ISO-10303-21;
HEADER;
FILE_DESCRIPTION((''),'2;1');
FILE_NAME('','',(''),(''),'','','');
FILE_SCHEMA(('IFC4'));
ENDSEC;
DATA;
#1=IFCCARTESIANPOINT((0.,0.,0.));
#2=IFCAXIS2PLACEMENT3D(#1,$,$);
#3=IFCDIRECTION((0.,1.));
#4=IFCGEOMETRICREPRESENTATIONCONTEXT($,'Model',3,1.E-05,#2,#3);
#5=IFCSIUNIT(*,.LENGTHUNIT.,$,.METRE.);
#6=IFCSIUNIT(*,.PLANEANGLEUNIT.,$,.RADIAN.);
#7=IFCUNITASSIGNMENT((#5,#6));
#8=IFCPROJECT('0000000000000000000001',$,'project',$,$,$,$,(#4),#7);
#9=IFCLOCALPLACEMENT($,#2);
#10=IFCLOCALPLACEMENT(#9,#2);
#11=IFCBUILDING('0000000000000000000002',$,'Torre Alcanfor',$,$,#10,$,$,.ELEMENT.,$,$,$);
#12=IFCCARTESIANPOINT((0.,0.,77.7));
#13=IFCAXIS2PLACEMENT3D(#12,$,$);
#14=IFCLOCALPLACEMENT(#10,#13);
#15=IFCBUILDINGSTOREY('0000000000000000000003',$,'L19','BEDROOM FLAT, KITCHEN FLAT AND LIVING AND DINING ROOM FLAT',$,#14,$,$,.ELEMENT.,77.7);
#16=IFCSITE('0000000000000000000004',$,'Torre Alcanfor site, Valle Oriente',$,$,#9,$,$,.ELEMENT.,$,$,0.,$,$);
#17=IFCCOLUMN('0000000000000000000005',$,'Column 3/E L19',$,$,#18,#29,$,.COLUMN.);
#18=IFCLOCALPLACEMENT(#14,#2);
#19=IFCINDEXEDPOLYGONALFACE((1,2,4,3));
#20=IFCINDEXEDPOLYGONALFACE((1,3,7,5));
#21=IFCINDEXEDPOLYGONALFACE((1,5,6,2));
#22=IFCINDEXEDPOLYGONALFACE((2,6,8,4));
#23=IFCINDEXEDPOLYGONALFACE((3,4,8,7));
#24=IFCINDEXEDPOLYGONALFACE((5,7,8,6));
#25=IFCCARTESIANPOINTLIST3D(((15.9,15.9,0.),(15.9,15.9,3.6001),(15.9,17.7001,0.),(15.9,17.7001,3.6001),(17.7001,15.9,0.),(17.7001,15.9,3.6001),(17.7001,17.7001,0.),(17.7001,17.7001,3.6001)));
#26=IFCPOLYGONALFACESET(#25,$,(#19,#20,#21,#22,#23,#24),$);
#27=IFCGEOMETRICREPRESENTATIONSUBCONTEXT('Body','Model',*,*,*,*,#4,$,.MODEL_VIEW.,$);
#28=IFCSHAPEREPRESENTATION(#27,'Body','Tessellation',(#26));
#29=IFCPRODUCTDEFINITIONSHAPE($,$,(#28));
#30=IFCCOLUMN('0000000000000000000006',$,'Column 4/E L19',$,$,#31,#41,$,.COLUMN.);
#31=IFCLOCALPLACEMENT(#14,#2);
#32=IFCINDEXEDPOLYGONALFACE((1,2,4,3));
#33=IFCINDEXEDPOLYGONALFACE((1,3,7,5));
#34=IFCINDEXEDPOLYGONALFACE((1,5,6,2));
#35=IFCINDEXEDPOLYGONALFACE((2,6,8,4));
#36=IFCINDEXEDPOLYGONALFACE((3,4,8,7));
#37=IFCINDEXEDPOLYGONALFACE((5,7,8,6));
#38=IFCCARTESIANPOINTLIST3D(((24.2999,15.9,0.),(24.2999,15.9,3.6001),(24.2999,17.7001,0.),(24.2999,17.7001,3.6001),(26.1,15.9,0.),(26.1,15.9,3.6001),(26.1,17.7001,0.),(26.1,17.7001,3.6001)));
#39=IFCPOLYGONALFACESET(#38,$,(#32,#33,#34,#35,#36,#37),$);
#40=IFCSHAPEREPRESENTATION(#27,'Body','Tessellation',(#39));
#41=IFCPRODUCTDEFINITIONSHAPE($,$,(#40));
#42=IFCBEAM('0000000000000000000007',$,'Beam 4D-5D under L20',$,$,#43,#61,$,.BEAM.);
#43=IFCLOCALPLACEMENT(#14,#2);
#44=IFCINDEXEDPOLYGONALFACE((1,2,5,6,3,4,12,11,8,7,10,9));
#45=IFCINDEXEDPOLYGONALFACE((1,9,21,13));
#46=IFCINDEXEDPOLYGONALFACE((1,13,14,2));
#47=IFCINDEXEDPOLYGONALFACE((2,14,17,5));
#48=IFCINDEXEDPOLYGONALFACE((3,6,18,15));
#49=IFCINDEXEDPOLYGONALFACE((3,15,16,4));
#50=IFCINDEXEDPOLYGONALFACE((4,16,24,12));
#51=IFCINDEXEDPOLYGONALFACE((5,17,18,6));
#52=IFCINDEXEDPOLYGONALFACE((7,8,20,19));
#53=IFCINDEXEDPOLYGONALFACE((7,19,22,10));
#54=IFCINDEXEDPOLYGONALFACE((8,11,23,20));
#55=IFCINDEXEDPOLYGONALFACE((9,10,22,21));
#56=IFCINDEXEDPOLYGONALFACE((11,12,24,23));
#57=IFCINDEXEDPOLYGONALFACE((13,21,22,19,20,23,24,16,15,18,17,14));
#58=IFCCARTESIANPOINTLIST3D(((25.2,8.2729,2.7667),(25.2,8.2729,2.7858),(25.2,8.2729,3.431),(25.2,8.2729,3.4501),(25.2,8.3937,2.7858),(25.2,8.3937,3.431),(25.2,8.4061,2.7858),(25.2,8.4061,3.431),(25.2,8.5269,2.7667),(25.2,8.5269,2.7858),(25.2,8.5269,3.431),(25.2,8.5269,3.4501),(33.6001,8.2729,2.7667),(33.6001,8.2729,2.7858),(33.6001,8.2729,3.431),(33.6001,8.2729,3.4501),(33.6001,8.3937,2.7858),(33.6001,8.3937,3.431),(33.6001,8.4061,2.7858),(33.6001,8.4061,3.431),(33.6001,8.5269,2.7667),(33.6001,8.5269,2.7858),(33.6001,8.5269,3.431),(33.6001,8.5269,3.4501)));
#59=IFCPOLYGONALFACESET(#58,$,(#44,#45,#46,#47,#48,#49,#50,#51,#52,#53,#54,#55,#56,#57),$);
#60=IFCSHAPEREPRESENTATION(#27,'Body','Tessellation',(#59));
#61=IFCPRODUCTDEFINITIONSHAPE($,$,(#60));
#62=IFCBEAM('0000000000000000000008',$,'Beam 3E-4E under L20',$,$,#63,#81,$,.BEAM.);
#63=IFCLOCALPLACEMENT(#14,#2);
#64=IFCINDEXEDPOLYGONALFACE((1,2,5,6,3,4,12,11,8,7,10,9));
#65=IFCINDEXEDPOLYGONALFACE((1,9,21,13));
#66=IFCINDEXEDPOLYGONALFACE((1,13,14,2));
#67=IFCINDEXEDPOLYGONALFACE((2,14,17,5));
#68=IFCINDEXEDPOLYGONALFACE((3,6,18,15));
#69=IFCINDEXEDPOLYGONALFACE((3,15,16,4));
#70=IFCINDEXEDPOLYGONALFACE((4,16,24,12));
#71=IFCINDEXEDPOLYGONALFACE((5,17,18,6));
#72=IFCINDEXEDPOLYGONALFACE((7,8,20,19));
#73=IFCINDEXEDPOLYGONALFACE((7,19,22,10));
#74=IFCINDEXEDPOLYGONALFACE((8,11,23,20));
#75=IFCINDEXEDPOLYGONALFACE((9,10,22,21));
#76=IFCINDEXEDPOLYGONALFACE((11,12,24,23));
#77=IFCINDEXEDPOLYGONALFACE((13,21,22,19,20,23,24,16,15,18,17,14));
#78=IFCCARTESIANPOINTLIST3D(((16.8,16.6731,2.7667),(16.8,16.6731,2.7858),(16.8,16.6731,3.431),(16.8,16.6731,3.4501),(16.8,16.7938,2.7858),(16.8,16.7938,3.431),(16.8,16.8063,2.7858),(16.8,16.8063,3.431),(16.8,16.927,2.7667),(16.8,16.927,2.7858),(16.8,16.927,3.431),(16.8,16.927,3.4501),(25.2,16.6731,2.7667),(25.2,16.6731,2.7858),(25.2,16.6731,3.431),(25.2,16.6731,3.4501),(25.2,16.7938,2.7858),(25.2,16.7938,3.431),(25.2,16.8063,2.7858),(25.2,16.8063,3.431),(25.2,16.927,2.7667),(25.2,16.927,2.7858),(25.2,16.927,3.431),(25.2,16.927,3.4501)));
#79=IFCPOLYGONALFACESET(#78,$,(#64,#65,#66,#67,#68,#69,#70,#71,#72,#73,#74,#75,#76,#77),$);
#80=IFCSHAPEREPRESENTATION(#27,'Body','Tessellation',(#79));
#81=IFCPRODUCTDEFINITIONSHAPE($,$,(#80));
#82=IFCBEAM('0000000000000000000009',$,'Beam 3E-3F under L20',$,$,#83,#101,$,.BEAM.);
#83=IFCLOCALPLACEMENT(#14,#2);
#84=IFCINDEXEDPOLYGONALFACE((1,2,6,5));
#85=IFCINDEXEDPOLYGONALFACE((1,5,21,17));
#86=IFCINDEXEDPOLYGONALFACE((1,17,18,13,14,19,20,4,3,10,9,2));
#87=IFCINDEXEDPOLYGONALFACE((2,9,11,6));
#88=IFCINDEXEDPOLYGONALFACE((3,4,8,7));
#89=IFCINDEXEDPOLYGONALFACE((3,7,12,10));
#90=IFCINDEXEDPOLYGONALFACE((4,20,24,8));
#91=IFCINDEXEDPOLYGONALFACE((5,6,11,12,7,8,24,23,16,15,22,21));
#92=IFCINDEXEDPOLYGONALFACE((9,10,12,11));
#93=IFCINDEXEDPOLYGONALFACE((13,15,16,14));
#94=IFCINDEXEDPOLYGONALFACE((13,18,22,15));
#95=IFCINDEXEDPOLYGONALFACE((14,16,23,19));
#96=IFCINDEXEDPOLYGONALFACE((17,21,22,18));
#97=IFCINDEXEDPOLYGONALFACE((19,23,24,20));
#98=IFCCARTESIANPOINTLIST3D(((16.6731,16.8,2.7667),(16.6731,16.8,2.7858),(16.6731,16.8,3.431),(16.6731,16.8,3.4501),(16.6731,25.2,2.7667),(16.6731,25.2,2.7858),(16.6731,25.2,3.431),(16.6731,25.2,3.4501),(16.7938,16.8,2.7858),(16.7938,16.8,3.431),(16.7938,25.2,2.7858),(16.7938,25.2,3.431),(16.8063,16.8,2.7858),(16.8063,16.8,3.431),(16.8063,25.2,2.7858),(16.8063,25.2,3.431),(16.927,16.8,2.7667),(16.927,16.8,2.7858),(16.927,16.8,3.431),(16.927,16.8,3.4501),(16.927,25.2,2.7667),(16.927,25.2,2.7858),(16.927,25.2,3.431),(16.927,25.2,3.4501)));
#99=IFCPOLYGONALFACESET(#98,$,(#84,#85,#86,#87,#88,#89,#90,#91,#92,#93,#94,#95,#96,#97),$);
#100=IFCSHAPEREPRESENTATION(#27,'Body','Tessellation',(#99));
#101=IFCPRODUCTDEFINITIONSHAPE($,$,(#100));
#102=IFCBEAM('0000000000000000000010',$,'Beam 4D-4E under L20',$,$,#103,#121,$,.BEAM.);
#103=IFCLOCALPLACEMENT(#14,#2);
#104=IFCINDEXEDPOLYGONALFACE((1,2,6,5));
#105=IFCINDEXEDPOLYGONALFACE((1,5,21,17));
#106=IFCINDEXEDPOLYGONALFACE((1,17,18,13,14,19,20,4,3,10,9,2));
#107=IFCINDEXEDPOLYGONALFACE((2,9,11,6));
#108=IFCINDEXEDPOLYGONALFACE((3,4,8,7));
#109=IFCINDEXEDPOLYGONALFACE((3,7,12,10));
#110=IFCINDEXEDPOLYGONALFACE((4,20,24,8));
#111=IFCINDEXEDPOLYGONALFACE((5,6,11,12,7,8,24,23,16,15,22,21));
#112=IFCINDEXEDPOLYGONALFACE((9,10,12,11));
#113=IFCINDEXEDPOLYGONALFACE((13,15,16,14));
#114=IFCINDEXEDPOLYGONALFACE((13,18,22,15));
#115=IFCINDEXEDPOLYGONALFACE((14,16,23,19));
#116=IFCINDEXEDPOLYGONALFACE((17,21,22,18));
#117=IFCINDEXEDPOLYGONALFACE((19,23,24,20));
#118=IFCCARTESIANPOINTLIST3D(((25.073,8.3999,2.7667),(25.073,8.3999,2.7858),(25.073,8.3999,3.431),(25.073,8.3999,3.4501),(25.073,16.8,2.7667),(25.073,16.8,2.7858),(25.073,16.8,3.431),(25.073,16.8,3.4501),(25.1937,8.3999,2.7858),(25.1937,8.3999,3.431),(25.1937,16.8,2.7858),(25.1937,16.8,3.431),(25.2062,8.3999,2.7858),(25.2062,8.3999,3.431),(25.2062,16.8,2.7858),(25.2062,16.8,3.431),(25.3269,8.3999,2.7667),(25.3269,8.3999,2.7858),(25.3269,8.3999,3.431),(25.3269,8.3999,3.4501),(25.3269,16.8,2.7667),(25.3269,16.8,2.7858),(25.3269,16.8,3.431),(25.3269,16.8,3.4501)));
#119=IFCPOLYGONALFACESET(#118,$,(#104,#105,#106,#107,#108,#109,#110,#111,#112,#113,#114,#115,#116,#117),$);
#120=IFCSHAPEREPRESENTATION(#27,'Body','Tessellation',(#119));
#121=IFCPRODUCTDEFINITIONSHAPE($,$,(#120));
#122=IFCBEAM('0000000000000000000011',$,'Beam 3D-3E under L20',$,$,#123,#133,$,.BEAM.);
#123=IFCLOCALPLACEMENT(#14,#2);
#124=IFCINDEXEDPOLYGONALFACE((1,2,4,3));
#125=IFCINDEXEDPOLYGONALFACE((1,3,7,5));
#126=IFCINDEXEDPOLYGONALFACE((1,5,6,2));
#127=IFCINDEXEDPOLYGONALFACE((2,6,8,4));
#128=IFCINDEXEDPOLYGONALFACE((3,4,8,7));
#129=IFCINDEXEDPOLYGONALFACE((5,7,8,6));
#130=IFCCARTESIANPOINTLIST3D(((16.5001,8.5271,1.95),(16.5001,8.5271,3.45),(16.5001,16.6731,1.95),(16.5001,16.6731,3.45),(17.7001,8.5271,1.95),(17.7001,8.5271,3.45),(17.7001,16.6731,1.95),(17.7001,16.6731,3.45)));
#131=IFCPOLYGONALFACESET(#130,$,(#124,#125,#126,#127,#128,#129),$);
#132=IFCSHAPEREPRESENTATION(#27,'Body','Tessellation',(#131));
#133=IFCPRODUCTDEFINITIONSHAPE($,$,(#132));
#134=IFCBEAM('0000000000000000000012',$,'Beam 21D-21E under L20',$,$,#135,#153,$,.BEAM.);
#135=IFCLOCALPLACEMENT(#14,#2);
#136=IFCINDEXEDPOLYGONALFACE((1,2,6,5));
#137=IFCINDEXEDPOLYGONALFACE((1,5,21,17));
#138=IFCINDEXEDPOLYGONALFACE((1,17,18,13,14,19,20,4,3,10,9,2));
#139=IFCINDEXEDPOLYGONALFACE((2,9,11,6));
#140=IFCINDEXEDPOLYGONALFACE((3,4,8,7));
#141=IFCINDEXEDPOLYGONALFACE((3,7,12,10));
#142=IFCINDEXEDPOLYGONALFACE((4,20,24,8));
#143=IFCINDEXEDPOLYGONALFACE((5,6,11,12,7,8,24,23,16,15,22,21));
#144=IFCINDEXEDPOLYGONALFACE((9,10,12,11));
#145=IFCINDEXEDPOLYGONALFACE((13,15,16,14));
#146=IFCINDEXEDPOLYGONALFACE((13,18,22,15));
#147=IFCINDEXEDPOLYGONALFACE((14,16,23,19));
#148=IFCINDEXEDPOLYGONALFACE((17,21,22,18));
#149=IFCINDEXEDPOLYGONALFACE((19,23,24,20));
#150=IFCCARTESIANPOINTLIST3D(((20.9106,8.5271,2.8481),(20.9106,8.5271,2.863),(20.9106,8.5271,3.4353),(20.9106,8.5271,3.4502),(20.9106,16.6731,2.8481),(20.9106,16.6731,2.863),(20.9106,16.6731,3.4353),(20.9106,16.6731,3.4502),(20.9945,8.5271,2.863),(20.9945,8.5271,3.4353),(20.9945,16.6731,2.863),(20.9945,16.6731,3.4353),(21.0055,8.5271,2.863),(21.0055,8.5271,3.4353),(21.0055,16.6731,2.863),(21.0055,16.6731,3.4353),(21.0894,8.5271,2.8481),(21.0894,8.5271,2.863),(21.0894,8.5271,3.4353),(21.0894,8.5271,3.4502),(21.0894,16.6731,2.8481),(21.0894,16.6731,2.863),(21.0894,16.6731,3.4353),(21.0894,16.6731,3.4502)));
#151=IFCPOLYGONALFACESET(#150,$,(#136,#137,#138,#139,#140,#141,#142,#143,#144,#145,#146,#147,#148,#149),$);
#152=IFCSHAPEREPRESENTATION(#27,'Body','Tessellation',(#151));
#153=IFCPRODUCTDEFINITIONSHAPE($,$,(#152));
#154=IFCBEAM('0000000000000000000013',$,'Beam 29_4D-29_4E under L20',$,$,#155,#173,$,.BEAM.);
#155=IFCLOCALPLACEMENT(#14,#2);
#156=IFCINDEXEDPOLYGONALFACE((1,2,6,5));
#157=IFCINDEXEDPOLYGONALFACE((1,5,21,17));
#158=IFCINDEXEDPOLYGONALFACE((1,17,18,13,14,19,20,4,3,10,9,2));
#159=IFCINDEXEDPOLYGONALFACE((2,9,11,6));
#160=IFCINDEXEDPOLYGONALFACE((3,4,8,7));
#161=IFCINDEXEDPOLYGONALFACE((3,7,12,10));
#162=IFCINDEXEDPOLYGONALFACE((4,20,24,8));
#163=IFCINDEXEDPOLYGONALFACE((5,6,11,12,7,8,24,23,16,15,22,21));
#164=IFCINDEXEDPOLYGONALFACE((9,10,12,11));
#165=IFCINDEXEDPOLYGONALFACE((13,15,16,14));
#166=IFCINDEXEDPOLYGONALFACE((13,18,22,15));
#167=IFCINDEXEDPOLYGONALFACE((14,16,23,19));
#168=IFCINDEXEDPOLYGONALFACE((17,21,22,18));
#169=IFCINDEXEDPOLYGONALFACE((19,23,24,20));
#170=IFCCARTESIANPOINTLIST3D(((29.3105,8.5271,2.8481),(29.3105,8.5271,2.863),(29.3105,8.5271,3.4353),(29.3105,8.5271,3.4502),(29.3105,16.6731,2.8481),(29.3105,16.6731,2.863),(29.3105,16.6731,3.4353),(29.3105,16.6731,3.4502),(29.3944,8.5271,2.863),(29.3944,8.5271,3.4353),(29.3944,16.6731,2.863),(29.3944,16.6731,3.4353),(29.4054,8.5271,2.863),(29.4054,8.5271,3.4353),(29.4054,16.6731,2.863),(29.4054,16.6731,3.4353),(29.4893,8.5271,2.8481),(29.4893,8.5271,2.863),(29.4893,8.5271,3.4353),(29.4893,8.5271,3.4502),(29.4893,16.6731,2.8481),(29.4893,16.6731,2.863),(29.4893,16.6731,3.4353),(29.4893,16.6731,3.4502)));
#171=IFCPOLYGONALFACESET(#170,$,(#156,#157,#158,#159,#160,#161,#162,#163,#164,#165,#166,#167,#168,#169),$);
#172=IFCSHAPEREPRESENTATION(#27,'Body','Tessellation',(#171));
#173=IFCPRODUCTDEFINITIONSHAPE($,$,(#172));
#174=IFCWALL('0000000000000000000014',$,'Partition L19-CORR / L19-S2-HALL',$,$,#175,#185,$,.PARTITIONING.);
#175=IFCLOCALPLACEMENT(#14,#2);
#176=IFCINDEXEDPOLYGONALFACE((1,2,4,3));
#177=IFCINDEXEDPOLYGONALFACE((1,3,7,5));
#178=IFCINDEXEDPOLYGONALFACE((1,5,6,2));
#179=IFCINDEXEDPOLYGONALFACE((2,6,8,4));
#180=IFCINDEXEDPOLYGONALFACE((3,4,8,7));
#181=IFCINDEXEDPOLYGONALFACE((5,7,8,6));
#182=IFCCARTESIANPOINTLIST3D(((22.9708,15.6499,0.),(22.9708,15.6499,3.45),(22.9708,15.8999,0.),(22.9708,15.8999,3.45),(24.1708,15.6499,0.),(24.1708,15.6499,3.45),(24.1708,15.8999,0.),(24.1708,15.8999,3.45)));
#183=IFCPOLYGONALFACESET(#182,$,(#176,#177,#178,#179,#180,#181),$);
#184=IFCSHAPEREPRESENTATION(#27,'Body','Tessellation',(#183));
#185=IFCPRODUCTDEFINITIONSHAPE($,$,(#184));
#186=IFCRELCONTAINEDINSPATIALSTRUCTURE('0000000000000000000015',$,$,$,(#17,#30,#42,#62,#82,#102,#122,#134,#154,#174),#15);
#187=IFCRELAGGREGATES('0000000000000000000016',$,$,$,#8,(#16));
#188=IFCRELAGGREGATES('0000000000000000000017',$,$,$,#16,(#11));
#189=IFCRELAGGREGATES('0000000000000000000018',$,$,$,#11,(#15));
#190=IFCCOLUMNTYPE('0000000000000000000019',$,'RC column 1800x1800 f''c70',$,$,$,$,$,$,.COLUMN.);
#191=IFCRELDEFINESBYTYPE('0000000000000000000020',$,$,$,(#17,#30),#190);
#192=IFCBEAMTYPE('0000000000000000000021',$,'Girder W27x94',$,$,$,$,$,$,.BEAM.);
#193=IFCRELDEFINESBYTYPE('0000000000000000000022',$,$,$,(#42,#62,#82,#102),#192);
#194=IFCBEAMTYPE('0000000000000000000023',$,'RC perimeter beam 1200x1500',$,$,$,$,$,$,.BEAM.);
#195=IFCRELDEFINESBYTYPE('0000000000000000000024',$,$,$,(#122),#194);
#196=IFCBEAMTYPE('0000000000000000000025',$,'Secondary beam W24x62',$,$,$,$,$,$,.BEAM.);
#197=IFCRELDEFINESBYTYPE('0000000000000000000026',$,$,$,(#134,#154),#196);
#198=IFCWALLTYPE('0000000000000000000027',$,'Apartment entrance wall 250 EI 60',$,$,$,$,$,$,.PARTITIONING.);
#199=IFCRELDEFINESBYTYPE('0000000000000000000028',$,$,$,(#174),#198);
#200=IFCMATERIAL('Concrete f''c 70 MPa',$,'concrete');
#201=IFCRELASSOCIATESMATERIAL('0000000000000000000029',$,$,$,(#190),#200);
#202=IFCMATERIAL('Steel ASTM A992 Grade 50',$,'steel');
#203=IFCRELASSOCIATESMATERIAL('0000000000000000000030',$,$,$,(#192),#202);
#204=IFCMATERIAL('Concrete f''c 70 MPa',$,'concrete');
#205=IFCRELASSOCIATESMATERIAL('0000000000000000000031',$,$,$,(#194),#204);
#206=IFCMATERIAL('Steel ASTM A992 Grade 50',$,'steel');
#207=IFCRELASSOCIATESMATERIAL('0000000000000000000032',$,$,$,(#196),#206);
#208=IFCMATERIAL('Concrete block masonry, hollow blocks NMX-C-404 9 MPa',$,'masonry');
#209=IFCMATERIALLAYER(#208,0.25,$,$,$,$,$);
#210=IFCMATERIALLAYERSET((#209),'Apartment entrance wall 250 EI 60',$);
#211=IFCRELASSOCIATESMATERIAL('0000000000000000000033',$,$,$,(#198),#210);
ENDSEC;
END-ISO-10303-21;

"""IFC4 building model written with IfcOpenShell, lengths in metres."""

from ifc_helpers import new_model, si_unit, direction, frame, frame_2d, origin, origin_2d, place, context, subcontext, project, spatial, rectangle, i_section, extrude, material, layer, layer_set, material_profile, profile_set, type_object, element, save


model = new_model("IFC4")

# Units and contexts
model_context = context("Model", 3, precision=1e-05, world=origin(), true_north=direction((0.0, 1.0)))
body_context = subcontext(model_context, "Body", "Model", "MODEL_VIEW")
ifc_project = project(units=[si_unit("LENGTHUNIT", "METRE"), si_unit("PLANEANGLEUNIT", "RADIAN")], contexts=[model_context])

# Site, building, storey
site_placement = place(None, origin())
site = spatial("IfcSite", under=ifc_project, at=site_placement, Name="Torre Alcanfor site, Valle Oriente", CompositionType="ELEMENT", RefElevation=0.0)
building_placement = place(site_placement, origin())
building = spatial("IfcBuilding", under=site, at=building_placement, Name="Torre Alcanfor", CompositionType="ELEMENT")
storey_placement = place(building_placement, frame((0.0, 0.0, 77.7)))
storey = spatial("IfcBuildingStorey", under=building, at=storey_placement, Name="L19", Description="BEDROOM FLAT, KITCHEN FLAT AND LIVING AND DINING ROOM FLAT", CompositionType="ELEMENT", Elevation=77.7)

# Columns
ifc_material_1 = material(Name="Concrete f'c 70 MPa", Category="concrete")
ifc_material_profile_1 = material_profile(ifc_material_1, rectangle(XDim=1.8, YDim=1.8, at=origin_2d()), Name="1800x1800")
ifc_profile_set_1 = profile_set([ifc_material_profile_1], Name="Concrete f'c 70 MPa")
column_type = type_object("IfcColumnType", Name="RC column 1800x1800 f'c70", PredefinedType="COLUMN", material=ifc_profile_set_1)
for number, where, z_axis, x_axis, name in (
    (1, (16.8, 16.8, 0.0), (0.0, 0.0, 1.0), (1.0, 0.0, 0.0), "Column 3/E L19"),
    (2, (25.2, 16.8, 0.0), (0.0, 0.0, 1.0), (1.0, 0.0, 0.0), "Column 4/E L19"),
):
    element("IfcColumn", number, at=place(storey_placement, frame(where, z_axis=z_axis, x_axis=x_axis)), inside=storey, type_object=column_type, Name=name, PredefinedType="COLUMN", context=body_context, shape_type="SweptSolid", body=[
        extrude(rectangle(XDim=1.8, YDim=1.8, at=origin_2d()), origin(), (0.0, 0.0, 1.0), 3.6001),
    ])

# Beams
ifc_material_2 = material(Name="Steel ASTM A992 Grade 50", Category="steel")
ifc_material_profile_2 = material_profile(ifc_material_2, i_section(OverallWidth=0.2539, OverallDepth=0.6833, WebThickness=0.0125, FlangeThickness=0.019, at=origin_2d()), Name="W27x94")
ifc_profile_set_2 = profile_set([ifc_material_profile_2], Name="Steel ASTM A992 Grade 50")
beam_type_1 = type_object("IfcBeamType", Name="Girder W27x94", PredefinedType="BEAM", material=ifc_profile_set_2)
beam_1_placement = place(storey_placement, frame((25.2, 8.3999, 3.1084), z_axis=(1.0, 0.0, 0.0), x_axis=(0.0, 1.0, 0.0)))
element("IfcBeam", 3, at=beam_1_placement, inside=storey, type_object=beam_type_1, Name="Beam 4D-5D under L20", PredefinedType="BEAM", context=body_context, shape_type="SweptSolid", body=[
    extrude(i_section(OverallWidth=0.2539, OverallDepth=0.6833, WebThickness=0.0125, FlangeThickness=0.019, at=origin_2d()), origin(), (0.0, 0.0, 1.0), 8.4001),
])
for number, where, z_axis, x_axis, name in (
    (4, (16.8, 16.8, 3.1084), (1.0, 0.0, 0.0), (0.0, 1.0, 0.0), "Beam 3E-4E under L20"),
    (5, (16.8, 16.8, 3.1084), (0.0, 1.0, 0.0), (-1.0, 0.0, 0.0), "Beam 3E-3F under L20"),
):
    element("IfcBeam", number, at=place(storey_placement, frame(where, z_axis=z_axis, x_axis=x_axis)), inside=storey, type_object=beam_type_1, Name=name, PredefinedType="BEAM", context=body_context, shape_type="SweptSolid", body=[
        extrude(i_section(OverallWidth=0.2539, OverallDepth=0.6833, WebThickness=0.0125, FlangeThickness=0.019, at=origin_2d()), origin(), (0.0, 0.0, 1.0), 8.3999),
    ])
beam_2_placement = place(storey_placement, frame((25.2, 8.3999, 3.1084), z_axis=(0.0, 1.0, 0.0), x_axis=(-1.0, 0.0, 0.0)))
element("IfcBeam", 6, at=beam_2_placement, inside=storey, type_object=beam_type_1, Name="Beam 4D-4E under L20", PredefinedType="BEAM", context=body_context, shape_type="SweptSolid", body=[
    extrude(i_section(OverallWidth=0.2539, OverallDepth=0.6833, WebThickness=0.0125, FlangeThickness=0.019, at=origin_2d()), origin(), (0.0, 0.0, 1.0), 8.4001),
])
ifc_material_3 = material(Name="Concrete f'c 70 MPa", Category="concrete")
ifc_material_profile_3 = material_profile(ifc_material_3, rectangle(XDim=1.2, YDim=1.5, at=origin_2d()), Name="1200x1500")
ifc_profile_set_3 = profile_set([ifc_material_profile_3], Name="Concrete f'c 70 MPa")
beam_type_2 = type_object("IfcBeamType", Name="RC perimeter beam 1200x1500", PredefinedType="BEAM", material=ifc_profile_set_3)
beam_3_placement = place(storey_placement, frame((17.1001, 8.5271, 2.7), z_axis=(0.0, 1.0, 0.0), x_axis=(-1.0, 0.0, 0.0)))
element("IfcBeam", 7, at=beam_3_placement, inside=storey, type_object=beam_type_2, Name="Beam 3D-3E under L20", PredefinedType="BEAM", context=body_context, shape_type="SweptSolid", body=[
    extrude(rectangle(XDim=1.2, YDim=1.5, at=origin_2d()), origin(), (0.0, 0.0, 1.0), 8.146),
])
ifc_material_4 = material(Name="Steel ASTM A992 Grade 50", Category="steel")
ifc_material_profile_4 = material_profile(ifc_material_4, i_section(OverallWidth=0.1787, OverallDepth=0.6021, WebThickness=0.011, FlangeThickness=0.0149, at=origin_2d()), Name="W24x62")
ifc_profile_set_4 = profile_set([ifc_material_profile_4], Name="Steel ASTM A992 Grade 50")
beam_type_3 = type_object("IfcBeamType", Name="Secondary beam W24x62", PredefinedType="BEAM", material=ifc_profile_set_4)
for number, where, z_axis, x_axis, name in (
    (8, (21.0, 8.5271, 3.1492), (0.0, 1.0, 0.0), (-1.0, 0.0, 0.0), "Beam 21D-21E under L20"),
    (9, (29.3999, 8.5271, 3.1492), (0.0, 1.0, 0.0), (-1.0, 0.0, 0.0), "Beam 29_4D-29_4E under L20"),
):
    element("IfcBeam", number, at=place(storey_placement, frame(where, z_axis=z_axis, x_axis=x_axis)), inside=storey, type_object=beam_type_3, Name=name, PredefinedType="BEAM", context=body_context, shape_type="SweptSolid", body=[
        extrude(i_section(OverallWidth=0.1787, OverallDepth=0.6021, WebThickness=0.011, FlangeThickness=0.0149, at=origin_2d()), origin(), (0.0, 0.0, 1.0), 8.146),
    ])

# Wall
ifc_material_5 = material(Name="Concrete block masonry, hollow blocks NMX-C-404 9 MPa", Category="masonry")
ifc_layer_1 = layer(ifc_material_5, 0.25)
ifc_layer_set_1 = layer_set([ifc_layer_1], Name="Apartment entrance wall 250 EI 60")
wall_type_1 = type_object("IfcWallType", Name="Apartment entrance wall 250 EI 60", PredefinedType="PARTITIONING", material=ifc_layer_set_1)
wall_1_placement = place(storey_placement, frame((24.1709, 15.7749, 0.0), z_axis=(0.0, 0.0, 1.0), x_axis=(-1.0, 0.0, 0.0)))
element("IfcWall", 10, at=wall_1_placement, inside=storey, type_object=wall_type_1, Name="Partition L19-CORR / L19-S2-HALL", PredefinedType="PARTITIONING", context=body_context, shape_type="SweptSolid", body=[
    extrude(rectangle(XDim=1.2, YDim=0.25, at=frame_2d((0.6001, 0.0))), origin(), (0.0, 0.0, 1.0), 3.45),
])

save(model, "model.ifc")
